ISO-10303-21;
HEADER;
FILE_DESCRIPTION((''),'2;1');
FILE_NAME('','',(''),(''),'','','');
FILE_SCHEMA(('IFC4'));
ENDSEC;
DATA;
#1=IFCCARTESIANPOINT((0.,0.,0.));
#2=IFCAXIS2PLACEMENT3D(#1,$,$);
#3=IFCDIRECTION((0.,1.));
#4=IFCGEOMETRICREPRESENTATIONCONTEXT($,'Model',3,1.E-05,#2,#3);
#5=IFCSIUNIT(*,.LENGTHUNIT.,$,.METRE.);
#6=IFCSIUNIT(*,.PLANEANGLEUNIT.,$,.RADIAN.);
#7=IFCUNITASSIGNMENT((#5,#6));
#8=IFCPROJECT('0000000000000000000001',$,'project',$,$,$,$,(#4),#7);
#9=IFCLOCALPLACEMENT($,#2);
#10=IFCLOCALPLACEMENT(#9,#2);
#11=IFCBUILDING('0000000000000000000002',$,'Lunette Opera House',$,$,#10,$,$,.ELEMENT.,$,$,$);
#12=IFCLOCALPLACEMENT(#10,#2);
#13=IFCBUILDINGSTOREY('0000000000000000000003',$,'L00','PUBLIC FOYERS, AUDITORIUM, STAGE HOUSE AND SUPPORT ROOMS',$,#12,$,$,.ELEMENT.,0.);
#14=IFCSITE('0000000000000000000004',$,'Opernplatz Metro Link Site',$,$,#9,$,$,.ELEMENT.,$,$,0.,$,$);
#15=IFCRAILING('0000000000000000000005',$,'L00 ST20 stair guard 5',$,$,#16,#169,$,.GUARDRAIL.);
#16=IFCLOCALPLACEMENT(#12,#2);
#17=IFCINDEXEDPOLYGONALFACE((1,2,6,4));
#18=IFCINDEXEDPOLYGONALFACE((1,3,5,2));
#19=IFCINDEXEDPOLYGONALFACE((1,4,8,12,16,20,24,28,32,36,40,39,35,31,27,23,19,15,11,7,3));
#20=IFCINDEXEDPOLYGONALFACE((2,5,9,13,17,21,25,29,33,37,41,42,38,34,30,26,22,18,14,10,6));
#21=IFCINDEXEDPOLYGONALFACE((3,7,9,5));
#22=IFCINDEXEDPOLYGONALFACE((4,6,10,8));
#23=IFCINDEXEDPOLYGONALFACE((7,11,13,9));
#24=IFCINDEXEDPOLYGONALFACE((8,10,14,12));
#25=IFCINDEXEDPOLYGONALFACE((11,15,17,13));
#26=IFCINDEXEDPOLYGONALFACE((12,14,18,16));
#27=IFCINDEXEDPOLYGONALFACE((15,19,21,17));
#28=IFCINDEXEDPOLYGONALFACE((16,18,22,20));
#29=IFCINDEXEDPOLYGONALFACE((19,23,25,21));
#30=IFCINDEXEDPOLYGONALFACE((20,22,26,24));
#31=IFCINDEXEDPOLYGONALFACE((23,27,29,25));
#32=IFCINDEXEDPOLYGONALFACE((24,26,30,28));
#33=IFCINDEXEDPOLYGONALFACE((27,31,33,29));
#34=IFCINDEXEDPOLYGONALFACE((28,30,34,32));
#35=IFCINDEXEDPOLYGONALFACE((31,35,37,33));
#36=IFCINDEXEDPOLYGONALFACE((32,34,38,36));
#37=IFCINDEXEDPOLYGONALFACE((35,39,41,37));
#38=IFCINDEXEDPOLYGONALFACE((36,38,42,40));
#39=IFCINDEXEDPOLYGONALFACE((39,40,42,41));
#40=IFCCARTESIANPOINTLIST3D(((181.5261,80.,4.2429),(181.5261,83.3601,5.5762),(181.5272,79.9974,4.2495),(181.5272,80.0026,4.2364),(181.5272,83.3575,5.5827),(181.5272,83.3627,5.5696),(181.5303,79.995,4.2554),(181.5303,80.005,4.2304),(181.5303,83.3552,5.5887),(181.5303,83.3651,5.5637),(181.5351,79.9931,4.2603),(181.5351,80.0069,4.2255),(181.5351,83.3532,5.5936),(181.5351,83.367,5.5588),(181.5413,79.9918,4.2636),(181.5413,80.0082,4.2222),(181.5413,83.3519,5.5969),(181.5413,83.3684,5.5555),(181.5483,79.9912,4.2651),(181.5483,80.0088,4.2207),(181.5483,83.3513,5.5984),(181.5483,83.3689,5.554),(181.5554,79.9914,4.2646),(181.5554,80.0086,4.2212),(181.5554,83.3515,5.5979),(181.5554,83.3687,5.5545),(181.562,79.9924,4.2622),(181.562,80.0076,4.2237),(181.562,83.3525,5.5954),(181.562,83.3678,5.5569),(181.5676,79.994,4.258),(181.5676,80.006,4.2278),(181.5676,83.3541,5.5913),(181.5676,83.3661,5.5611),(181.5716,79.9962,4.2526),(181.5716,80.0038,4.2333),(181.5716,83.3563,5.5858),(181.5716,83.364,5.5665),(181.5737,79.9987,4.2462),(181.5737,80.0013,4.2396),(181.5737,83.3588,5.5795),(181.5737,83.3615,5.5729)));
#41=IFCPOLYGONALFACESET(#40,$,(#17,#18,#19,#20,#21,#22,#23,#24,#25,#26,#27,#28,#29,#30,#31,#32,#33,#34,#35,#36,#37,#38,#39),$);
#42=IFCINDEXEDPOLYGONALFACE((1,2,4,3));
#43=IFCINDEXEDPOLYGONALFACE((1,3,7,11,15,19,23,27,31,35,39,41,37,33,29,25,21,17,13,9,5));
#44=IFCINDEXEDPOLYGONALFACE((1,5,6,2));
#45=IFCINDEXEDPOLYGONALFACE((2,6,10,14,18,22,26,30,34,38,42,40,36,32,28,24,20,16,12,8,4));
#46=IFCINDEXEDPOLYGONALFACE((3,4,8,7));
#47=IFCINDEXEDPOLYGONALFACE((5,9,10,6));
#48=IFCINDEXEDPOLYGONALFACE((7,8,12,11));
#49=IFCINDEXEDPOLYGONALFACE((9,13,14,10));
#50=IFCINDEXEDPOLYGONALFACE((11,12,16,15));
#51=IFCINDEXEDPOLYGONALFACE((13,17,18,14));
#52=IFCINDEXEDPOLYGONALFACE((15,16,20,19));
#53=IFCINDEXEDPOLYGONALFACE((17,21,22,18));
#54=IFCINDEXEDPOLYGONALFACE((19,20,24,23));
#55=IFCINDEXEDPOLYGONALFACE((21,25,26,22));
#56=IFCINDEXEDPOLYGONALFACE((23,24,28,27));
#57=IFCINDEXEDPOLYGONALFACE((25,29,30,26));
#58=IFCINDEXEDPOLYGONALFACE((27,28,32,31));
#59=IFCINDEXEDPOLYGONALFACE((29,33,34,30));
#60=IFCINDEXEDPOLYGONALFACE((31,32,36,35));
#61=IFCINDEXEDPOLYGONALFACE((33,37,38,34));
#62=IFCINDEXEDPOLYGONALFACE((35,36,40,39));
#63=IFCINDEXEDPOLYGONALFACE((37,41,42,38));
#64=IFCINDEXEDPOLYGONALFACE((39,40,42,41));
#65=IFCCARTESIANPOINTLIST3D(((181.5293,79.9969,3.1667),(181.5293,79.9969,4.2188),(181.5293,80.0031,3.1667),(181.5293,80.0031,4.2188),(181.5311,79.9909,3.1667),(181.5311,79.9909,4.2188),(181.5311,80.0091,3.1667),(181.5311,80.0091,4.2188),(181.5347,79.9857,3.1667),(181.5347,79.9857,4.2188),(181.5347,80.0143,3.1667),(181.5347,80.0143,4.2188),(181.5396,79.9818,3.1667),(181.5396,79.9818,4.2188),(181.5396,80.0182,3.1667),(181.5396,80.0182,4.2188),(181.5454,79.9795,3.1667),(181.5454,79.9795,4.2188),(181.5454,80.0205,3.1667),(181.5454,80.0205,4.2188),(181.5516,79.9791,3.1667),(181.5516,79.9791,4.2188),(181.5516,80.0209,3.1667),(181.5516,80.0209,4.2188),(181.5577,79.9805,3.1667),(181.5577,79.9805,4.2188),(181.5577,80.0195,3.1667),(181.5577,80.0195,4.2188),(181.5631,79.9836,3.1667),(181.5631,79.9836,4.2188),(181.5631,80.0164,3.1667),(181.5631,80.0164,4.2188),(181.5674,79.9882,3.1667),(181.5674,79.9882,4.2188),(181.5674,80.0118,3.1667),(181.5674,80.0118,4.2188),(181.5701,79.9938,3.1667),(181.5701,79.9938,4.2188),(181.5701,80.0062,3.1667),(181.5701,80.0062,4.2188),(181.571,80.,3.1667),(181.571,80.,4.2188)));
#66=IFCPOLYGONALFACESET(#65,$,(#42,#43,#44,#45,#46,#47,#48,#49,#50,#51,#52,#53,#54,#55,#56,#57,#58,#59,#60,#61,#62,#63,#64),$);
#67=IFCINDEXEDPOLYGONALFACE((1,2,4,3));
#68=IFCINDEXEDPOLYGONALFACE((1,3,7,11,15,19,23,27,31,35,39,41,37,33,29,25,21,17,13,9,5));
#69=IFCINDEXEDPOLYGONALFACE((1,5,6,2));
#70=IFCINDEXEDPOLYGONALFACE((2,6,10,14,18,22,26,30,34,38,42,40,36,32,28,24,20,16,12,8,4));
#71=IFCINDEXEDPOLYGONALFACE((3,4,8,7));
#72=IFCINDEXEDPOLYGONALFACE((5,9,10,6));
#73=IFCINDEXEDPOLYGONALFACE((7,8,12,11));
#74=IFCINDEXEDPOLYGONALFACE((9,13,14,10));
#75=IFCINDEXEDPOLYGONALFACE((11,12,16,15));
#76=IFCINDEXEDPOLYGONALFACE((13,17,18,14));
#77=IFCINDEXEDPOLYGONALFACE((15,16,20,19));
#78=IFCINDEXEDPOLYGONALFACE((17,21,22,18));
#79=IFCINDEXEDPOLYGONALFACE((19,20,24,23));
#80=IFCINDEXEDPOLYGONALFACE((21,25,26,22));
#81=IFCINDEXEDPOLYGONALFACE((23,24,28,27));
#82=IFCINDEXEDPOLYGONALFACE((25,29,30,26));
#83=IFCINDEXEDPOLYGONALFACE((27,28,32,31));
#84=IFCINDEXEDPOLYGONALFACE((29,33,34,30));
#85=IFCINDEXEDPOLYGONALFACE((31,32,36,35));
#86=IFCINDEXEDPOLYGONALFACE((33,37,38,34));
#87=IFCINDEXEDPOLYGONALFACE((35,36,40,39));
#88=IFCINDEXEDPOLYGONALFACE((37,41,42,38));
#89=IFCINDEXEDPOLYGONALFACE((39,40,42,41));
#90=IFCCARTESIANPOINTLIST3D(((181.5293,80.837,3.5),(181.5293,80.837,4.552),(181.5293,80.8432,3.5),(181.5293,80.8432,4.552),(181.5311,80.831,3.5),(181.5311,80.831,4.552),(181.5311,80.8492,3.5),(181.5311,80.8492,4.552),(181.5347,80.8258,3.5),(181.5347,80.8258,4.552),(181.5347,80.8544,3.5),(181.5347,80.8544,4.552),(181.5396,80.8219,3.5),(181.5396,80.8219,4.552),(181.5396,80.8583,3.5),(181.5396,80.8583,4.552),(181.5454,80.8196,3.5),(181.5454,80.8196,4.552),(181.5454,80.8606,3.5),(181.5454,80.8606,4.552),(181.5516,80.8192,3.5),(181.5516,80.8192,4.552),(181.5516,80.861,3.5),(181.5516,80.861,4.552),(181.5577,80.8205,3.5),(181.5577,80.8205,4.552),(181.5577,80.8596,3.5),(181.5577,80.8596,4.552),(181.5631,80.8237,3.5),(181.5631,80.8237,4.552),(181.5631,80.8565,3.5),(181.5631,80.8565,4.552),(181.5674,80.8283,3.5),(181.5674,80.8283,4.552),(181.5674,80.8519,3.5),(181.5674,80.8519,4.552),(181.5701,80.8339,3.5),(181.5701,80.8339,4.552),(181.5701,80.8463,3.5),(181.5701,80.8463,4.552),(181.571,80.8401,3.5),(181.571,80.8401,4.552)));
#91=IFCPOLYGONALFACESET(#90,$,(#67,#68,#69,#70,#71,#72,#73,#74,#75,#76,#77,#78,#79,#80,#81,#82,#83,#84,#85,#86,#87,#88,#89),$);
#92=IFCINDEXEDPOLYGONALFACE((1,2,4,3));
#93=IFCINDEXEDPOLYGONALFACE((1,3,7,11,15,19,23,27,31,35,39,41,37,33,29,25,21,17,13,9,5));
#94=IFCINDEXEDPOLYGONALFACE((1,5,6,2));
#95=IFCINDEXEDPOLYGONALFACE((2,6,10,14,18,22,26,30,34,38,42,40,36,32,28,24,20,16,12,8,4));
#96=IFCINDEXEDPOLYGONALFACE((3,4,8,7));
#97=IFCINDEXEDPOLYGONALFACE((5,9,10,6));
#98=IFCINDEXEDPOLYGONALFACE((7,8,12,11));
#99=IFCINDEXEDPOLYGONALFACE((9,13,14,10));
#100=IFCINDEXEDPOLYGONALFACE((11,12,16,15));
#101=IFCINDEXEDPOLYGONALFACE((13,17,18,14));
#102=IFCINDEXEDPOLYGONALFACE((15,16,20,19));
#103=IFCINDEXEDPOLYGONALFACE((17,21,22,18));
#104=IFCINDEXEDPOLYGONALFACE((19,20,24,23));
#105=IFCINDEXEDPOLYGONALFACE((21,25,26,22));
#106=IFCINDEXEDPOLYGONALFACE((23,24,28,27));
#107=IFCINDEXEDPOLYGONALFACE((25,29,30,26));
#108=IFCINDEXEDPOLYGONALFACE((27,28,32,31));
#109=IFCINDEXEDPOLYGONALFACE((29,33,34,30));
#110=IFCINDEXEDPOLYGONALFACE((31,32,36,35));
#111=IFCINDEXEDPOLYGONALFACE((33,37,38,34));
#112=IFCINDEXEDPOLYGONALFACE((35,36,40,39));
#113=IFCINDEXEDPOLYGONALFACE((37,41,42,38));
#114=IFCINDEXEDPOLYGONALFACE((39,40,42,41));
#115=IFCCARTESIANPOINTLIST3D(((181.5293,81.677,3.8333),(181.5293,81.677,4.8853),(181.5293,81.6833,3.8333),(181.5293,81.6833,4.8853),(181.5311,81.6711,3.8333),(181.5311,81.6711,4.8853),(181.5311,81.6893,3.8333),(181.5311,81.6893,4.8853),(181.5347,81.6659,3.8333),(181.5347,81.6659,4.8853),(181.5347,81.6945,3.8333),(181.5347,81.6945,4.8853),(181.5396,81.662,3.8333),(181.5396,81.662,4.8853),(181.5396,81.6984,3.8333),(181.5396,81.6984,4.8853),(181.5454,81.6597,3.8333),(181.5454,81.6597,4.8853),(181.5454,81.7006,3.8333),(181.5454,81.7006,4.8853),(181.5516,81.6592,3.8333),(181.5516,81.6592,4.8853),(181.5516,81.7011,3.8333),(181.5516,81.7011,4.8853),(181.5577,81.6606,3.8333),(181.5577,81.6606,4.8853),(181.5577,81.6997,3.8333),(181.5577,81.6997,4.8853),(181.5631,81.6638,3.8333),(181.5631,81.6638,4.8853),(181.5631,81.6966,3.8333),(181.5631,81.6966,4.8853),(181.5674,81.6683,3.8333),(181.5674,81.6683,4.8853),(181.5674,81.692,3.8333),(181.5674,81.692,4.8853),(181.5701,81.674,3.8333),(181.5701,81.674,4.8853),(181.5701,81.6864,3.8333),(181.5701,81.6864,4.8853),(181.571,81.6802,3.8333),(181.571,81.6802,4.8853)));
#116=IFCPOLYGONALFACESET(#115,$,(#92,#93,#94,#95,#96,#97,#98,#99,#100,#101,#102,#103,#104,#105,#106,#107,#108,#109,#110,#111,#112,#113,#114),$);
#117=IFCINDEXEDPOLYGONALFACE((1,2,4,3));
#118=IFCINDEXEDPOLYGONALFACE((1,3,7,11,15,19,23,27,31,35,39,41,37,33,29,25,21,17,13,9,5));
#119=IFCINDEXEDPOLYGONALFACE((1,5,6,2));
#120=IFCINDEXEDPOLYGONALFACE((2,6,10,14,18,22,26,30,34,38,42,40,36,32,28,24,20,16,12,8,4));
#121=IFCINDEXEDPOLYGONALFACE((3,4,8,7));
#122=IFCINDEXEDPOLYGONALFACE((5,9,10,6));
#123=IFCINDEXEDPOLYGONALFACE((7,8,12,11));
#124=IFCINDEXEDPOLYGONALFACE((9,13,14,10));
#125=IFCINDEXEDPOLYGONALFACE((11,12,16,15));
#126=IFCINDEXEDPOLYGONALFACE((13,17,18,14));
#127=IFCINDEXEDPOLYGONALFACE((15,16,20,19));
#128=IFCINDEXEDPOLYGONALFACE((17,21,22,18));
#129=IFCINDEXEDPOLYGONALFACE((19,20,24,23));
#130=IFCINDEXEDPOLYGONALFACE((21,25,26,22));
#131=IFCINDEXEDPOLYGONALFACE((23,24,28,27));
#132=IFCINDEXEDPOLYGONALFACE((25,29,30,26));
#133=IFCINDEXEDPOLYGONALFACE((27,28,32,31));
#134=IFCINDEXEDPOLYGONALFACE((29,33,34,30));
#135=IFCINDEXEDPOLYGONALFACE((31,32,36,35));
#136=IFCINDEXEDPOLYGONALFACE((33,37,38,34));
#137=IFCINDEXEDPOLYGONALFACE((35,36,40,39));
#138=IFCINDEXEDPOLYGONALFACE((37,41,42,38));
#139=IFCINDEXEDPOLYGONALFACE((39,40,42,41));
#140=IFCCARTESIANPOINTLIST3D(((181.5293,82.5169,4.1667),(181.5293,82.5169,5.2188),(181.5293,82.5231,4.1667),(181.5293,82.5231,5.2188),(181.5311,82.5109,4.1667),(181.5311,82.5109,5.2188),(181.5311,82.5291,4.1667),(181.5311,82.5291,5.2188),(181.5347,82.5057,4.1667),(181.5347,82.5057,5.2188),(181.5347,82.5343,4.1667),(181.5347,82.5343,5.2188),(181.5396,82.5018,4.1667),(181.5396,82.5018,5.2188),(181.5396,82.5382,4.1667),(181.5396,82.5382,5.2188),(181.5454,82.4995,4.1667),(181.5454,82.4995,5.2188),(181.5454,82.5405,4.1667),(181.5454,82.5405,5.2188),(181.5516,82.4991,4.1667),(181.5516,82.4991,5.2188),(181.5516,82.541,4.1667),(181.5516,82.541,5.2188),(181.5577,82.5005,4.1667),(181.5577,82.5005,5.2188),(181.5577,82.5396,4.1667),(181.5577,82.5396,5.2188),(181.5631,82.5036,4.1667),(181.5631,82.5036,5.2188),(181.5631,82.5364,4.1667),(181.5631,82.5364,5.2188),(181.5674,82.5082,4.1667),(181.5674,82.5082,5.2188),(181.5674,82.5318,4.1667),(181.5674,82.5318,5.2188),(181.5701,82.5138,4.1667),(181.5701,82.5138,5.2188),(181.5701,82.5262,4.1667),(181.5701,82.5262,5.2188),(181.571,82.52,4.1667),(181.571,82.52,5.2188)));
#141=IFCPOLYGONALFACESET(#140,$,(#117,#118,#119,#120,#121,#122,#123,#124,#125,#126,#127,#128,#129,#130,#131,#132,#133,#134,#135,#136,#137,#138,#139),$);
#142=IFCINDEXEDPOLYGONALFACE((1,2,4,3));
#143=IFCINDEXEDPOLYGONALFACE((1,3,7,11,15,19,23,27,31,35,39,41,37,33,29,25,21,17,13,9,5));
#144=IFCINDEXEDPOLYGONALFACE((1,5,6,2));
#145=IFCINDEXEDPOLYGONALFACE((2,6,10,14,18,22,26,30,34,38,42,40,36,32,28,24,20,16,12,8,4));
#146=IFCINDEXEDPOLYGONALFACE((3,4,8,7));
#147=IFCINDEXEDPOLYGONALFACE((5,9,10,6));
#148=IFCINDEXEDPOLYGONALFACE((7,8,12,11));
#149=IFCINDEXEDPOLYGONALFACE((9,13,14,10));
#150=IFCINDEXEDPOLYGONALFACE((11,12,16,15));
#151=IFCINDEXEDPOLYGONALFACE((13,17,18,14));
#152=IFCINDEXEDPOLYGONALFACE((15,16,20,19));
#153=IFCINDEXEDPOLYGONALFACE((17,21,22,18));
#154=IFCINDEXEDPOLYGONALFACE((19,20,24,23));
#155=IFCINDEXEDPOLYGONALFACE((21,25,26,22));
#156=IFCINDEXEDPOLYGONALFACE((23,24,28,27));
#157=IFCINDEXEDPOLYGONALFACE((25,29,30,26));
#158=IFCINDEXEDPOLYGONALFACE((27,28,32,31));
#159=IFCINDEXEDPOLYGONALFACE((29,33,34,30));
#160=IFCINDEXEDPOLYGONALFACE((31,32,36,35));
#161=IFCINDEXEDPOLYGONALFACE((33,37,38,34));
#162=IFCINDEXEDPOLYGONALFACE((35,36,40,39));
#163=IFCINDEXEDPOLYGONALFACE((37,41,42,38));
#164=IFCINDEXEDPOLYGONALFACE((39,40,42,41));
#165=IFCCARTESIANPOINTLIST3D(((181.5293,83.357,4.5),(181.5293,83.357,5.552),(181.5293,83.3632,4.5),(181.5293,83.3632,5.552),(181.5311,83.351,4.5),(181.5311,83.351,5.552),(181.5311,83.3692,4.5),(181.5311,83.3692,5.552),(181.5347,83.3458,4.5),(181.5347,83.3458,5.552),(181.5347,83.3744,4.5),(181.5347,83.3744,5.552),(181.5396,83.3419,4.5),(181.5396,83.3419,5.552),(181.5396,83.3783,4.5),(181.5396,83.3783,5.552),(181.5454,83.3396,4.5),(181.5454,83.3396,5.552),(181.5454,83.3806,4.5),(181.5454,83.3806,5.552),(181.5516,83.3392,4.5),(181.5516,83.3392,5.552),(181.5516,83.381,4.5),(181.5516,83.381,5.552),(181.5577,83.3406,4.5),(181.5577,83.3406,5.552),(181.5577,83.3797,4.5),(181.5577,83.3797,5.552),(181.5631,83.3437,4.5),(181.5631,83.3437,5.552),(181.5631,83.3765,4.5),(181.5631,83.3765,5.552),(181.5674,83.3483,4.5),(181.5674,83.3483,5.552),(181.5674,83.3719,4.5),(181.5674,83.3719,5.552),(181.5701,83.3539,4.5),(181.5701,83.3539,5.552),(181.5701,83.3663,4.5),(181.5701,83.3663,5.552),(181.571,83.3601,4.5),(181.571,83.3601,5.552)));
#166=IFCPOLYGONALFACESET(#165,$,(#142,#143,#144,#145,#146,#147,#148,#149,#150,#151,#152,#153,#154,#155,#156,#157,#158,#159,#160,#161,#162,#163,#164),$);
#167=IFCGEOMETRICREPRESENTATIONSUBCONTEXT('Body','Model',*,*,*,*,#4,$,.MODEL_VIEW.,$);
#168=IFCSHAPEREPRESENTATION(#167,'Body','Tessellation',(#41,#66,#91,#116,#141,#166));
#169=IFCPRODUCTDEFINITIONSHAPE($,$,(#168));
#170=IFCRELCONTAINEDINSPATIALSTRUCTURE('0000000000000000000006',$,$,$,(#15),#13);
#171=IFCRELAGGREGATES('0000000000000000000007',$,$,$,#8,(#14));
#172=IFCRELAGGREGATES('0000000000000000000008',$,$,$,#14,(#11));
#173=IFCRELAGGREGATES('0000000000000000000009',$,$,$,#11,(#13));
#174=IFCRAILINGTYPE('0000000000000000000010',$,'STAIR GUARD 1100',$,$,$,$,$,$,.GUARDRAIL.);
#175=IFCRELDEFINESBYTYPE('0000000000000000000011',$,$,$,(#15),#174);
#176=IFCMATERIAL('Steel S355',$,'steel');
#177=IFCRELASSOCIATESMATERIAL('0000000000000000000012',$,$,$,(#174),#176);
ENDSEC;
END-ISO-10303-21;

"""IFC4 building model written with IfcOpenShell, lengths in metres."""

from ifc_helpers import new_model, si_unit, direction, frame, origin, origin_2d, place, context, subcontext, project, spatial, circle, extrude, material, type_object, element, save


model = new_model("IFC4")

# Units and contexts
model_context = context("Model", 3, precision=1e-05, world=origin(), true_north=direction((0.0, 1.0)))
body_context = subcontext(model_context, "Body", "Model", "MODEL_VIEW")
ifc_project = project(units=[si_unit("LENGTHUNIT", "METRE"), si_unit("PLANEANGLEUNIT", "RADIAN")], contexts=[model_context])

# Site, building, storey
site_placement = place(None, origin())
site = spatial("IfcSite", under=ifc_project, at=site_placement, Name="Opernplatz Metro Link Site", CompositionType="ELEMENT", RefElevation=0.0)
building_placement = place(site_placement, origin())
building = spatial("IfcBuilding", under=site, at=building_placement, Name="Lunette Opera House", CompositionType="ELEMENT")
storey_placement = place(building_placement, origin())
storey = spatial("IfcBuildingStorey", under=building, at=storey_placement, Name="L00", Description="PUBLIC FOYERS, AUDITORIUM, STAGE HOUSE AND SUPPORT ROOMS", CompositionType="ELEMENT", Elevation=0.0)

# Railing
ifc_material_1 = material(Name="Steel S355", Category="steel")
railing_type_1 = type_object("IfcRailingType", Name="STAIR GUARD 1100", PredefinedType="GUARDRAIL", material=ifc_material_1)
railing_1_placement = place(storey_placement, frame((181.55, 80.0, 3.1667)))
element("IfcRailing", 1, at=railing_1_placement, inside=storey, type_object=railing_type_1, Name="L00 ST20 stair guard 5", PredefinedType="GUARDRAIL", context=body_context, shape_type="SweptSolid", body=[
    extrude(circle(Radius=0.0239, at=origin_2d()), frame((0.0, 0.0, 1.0762), z_axis=(0.0, 0.929502, 0.368816), x_axis=(-1.0, 0.0, 0.0)), (0.0, 0.0, 1.0), 3.615),
    extrude(circle(Radius=0.021, at=origin_2d()), origin(), (0.0, 0.0, 1.0), 1.052),
    extrude(circle(Radius=0.021, at=origin_2d()), frame((0.0, 0.8401, 0.3333)), (0.0, 0.0, 1.0), 1.052),
    extrude(circle(Radius=0.021, at=origin_2d()), frame((0.0, 1.6802, 0.6665)), (0.0, 0.0, 1.0), 1.052),
    extrude(circle(Radius=0.021, at=origin_2d()), frame((0.0, 2.52, 1.0)), (0.0, 0.0, 1.0), 1.052),
    extrude(circle(Radius=0.021, at=origin_2d()), frame((0.0, 3.3601, 1.3333)), (0.0, 0.0, 1.0), 1.052),
])

save(model, "model.ifc")
